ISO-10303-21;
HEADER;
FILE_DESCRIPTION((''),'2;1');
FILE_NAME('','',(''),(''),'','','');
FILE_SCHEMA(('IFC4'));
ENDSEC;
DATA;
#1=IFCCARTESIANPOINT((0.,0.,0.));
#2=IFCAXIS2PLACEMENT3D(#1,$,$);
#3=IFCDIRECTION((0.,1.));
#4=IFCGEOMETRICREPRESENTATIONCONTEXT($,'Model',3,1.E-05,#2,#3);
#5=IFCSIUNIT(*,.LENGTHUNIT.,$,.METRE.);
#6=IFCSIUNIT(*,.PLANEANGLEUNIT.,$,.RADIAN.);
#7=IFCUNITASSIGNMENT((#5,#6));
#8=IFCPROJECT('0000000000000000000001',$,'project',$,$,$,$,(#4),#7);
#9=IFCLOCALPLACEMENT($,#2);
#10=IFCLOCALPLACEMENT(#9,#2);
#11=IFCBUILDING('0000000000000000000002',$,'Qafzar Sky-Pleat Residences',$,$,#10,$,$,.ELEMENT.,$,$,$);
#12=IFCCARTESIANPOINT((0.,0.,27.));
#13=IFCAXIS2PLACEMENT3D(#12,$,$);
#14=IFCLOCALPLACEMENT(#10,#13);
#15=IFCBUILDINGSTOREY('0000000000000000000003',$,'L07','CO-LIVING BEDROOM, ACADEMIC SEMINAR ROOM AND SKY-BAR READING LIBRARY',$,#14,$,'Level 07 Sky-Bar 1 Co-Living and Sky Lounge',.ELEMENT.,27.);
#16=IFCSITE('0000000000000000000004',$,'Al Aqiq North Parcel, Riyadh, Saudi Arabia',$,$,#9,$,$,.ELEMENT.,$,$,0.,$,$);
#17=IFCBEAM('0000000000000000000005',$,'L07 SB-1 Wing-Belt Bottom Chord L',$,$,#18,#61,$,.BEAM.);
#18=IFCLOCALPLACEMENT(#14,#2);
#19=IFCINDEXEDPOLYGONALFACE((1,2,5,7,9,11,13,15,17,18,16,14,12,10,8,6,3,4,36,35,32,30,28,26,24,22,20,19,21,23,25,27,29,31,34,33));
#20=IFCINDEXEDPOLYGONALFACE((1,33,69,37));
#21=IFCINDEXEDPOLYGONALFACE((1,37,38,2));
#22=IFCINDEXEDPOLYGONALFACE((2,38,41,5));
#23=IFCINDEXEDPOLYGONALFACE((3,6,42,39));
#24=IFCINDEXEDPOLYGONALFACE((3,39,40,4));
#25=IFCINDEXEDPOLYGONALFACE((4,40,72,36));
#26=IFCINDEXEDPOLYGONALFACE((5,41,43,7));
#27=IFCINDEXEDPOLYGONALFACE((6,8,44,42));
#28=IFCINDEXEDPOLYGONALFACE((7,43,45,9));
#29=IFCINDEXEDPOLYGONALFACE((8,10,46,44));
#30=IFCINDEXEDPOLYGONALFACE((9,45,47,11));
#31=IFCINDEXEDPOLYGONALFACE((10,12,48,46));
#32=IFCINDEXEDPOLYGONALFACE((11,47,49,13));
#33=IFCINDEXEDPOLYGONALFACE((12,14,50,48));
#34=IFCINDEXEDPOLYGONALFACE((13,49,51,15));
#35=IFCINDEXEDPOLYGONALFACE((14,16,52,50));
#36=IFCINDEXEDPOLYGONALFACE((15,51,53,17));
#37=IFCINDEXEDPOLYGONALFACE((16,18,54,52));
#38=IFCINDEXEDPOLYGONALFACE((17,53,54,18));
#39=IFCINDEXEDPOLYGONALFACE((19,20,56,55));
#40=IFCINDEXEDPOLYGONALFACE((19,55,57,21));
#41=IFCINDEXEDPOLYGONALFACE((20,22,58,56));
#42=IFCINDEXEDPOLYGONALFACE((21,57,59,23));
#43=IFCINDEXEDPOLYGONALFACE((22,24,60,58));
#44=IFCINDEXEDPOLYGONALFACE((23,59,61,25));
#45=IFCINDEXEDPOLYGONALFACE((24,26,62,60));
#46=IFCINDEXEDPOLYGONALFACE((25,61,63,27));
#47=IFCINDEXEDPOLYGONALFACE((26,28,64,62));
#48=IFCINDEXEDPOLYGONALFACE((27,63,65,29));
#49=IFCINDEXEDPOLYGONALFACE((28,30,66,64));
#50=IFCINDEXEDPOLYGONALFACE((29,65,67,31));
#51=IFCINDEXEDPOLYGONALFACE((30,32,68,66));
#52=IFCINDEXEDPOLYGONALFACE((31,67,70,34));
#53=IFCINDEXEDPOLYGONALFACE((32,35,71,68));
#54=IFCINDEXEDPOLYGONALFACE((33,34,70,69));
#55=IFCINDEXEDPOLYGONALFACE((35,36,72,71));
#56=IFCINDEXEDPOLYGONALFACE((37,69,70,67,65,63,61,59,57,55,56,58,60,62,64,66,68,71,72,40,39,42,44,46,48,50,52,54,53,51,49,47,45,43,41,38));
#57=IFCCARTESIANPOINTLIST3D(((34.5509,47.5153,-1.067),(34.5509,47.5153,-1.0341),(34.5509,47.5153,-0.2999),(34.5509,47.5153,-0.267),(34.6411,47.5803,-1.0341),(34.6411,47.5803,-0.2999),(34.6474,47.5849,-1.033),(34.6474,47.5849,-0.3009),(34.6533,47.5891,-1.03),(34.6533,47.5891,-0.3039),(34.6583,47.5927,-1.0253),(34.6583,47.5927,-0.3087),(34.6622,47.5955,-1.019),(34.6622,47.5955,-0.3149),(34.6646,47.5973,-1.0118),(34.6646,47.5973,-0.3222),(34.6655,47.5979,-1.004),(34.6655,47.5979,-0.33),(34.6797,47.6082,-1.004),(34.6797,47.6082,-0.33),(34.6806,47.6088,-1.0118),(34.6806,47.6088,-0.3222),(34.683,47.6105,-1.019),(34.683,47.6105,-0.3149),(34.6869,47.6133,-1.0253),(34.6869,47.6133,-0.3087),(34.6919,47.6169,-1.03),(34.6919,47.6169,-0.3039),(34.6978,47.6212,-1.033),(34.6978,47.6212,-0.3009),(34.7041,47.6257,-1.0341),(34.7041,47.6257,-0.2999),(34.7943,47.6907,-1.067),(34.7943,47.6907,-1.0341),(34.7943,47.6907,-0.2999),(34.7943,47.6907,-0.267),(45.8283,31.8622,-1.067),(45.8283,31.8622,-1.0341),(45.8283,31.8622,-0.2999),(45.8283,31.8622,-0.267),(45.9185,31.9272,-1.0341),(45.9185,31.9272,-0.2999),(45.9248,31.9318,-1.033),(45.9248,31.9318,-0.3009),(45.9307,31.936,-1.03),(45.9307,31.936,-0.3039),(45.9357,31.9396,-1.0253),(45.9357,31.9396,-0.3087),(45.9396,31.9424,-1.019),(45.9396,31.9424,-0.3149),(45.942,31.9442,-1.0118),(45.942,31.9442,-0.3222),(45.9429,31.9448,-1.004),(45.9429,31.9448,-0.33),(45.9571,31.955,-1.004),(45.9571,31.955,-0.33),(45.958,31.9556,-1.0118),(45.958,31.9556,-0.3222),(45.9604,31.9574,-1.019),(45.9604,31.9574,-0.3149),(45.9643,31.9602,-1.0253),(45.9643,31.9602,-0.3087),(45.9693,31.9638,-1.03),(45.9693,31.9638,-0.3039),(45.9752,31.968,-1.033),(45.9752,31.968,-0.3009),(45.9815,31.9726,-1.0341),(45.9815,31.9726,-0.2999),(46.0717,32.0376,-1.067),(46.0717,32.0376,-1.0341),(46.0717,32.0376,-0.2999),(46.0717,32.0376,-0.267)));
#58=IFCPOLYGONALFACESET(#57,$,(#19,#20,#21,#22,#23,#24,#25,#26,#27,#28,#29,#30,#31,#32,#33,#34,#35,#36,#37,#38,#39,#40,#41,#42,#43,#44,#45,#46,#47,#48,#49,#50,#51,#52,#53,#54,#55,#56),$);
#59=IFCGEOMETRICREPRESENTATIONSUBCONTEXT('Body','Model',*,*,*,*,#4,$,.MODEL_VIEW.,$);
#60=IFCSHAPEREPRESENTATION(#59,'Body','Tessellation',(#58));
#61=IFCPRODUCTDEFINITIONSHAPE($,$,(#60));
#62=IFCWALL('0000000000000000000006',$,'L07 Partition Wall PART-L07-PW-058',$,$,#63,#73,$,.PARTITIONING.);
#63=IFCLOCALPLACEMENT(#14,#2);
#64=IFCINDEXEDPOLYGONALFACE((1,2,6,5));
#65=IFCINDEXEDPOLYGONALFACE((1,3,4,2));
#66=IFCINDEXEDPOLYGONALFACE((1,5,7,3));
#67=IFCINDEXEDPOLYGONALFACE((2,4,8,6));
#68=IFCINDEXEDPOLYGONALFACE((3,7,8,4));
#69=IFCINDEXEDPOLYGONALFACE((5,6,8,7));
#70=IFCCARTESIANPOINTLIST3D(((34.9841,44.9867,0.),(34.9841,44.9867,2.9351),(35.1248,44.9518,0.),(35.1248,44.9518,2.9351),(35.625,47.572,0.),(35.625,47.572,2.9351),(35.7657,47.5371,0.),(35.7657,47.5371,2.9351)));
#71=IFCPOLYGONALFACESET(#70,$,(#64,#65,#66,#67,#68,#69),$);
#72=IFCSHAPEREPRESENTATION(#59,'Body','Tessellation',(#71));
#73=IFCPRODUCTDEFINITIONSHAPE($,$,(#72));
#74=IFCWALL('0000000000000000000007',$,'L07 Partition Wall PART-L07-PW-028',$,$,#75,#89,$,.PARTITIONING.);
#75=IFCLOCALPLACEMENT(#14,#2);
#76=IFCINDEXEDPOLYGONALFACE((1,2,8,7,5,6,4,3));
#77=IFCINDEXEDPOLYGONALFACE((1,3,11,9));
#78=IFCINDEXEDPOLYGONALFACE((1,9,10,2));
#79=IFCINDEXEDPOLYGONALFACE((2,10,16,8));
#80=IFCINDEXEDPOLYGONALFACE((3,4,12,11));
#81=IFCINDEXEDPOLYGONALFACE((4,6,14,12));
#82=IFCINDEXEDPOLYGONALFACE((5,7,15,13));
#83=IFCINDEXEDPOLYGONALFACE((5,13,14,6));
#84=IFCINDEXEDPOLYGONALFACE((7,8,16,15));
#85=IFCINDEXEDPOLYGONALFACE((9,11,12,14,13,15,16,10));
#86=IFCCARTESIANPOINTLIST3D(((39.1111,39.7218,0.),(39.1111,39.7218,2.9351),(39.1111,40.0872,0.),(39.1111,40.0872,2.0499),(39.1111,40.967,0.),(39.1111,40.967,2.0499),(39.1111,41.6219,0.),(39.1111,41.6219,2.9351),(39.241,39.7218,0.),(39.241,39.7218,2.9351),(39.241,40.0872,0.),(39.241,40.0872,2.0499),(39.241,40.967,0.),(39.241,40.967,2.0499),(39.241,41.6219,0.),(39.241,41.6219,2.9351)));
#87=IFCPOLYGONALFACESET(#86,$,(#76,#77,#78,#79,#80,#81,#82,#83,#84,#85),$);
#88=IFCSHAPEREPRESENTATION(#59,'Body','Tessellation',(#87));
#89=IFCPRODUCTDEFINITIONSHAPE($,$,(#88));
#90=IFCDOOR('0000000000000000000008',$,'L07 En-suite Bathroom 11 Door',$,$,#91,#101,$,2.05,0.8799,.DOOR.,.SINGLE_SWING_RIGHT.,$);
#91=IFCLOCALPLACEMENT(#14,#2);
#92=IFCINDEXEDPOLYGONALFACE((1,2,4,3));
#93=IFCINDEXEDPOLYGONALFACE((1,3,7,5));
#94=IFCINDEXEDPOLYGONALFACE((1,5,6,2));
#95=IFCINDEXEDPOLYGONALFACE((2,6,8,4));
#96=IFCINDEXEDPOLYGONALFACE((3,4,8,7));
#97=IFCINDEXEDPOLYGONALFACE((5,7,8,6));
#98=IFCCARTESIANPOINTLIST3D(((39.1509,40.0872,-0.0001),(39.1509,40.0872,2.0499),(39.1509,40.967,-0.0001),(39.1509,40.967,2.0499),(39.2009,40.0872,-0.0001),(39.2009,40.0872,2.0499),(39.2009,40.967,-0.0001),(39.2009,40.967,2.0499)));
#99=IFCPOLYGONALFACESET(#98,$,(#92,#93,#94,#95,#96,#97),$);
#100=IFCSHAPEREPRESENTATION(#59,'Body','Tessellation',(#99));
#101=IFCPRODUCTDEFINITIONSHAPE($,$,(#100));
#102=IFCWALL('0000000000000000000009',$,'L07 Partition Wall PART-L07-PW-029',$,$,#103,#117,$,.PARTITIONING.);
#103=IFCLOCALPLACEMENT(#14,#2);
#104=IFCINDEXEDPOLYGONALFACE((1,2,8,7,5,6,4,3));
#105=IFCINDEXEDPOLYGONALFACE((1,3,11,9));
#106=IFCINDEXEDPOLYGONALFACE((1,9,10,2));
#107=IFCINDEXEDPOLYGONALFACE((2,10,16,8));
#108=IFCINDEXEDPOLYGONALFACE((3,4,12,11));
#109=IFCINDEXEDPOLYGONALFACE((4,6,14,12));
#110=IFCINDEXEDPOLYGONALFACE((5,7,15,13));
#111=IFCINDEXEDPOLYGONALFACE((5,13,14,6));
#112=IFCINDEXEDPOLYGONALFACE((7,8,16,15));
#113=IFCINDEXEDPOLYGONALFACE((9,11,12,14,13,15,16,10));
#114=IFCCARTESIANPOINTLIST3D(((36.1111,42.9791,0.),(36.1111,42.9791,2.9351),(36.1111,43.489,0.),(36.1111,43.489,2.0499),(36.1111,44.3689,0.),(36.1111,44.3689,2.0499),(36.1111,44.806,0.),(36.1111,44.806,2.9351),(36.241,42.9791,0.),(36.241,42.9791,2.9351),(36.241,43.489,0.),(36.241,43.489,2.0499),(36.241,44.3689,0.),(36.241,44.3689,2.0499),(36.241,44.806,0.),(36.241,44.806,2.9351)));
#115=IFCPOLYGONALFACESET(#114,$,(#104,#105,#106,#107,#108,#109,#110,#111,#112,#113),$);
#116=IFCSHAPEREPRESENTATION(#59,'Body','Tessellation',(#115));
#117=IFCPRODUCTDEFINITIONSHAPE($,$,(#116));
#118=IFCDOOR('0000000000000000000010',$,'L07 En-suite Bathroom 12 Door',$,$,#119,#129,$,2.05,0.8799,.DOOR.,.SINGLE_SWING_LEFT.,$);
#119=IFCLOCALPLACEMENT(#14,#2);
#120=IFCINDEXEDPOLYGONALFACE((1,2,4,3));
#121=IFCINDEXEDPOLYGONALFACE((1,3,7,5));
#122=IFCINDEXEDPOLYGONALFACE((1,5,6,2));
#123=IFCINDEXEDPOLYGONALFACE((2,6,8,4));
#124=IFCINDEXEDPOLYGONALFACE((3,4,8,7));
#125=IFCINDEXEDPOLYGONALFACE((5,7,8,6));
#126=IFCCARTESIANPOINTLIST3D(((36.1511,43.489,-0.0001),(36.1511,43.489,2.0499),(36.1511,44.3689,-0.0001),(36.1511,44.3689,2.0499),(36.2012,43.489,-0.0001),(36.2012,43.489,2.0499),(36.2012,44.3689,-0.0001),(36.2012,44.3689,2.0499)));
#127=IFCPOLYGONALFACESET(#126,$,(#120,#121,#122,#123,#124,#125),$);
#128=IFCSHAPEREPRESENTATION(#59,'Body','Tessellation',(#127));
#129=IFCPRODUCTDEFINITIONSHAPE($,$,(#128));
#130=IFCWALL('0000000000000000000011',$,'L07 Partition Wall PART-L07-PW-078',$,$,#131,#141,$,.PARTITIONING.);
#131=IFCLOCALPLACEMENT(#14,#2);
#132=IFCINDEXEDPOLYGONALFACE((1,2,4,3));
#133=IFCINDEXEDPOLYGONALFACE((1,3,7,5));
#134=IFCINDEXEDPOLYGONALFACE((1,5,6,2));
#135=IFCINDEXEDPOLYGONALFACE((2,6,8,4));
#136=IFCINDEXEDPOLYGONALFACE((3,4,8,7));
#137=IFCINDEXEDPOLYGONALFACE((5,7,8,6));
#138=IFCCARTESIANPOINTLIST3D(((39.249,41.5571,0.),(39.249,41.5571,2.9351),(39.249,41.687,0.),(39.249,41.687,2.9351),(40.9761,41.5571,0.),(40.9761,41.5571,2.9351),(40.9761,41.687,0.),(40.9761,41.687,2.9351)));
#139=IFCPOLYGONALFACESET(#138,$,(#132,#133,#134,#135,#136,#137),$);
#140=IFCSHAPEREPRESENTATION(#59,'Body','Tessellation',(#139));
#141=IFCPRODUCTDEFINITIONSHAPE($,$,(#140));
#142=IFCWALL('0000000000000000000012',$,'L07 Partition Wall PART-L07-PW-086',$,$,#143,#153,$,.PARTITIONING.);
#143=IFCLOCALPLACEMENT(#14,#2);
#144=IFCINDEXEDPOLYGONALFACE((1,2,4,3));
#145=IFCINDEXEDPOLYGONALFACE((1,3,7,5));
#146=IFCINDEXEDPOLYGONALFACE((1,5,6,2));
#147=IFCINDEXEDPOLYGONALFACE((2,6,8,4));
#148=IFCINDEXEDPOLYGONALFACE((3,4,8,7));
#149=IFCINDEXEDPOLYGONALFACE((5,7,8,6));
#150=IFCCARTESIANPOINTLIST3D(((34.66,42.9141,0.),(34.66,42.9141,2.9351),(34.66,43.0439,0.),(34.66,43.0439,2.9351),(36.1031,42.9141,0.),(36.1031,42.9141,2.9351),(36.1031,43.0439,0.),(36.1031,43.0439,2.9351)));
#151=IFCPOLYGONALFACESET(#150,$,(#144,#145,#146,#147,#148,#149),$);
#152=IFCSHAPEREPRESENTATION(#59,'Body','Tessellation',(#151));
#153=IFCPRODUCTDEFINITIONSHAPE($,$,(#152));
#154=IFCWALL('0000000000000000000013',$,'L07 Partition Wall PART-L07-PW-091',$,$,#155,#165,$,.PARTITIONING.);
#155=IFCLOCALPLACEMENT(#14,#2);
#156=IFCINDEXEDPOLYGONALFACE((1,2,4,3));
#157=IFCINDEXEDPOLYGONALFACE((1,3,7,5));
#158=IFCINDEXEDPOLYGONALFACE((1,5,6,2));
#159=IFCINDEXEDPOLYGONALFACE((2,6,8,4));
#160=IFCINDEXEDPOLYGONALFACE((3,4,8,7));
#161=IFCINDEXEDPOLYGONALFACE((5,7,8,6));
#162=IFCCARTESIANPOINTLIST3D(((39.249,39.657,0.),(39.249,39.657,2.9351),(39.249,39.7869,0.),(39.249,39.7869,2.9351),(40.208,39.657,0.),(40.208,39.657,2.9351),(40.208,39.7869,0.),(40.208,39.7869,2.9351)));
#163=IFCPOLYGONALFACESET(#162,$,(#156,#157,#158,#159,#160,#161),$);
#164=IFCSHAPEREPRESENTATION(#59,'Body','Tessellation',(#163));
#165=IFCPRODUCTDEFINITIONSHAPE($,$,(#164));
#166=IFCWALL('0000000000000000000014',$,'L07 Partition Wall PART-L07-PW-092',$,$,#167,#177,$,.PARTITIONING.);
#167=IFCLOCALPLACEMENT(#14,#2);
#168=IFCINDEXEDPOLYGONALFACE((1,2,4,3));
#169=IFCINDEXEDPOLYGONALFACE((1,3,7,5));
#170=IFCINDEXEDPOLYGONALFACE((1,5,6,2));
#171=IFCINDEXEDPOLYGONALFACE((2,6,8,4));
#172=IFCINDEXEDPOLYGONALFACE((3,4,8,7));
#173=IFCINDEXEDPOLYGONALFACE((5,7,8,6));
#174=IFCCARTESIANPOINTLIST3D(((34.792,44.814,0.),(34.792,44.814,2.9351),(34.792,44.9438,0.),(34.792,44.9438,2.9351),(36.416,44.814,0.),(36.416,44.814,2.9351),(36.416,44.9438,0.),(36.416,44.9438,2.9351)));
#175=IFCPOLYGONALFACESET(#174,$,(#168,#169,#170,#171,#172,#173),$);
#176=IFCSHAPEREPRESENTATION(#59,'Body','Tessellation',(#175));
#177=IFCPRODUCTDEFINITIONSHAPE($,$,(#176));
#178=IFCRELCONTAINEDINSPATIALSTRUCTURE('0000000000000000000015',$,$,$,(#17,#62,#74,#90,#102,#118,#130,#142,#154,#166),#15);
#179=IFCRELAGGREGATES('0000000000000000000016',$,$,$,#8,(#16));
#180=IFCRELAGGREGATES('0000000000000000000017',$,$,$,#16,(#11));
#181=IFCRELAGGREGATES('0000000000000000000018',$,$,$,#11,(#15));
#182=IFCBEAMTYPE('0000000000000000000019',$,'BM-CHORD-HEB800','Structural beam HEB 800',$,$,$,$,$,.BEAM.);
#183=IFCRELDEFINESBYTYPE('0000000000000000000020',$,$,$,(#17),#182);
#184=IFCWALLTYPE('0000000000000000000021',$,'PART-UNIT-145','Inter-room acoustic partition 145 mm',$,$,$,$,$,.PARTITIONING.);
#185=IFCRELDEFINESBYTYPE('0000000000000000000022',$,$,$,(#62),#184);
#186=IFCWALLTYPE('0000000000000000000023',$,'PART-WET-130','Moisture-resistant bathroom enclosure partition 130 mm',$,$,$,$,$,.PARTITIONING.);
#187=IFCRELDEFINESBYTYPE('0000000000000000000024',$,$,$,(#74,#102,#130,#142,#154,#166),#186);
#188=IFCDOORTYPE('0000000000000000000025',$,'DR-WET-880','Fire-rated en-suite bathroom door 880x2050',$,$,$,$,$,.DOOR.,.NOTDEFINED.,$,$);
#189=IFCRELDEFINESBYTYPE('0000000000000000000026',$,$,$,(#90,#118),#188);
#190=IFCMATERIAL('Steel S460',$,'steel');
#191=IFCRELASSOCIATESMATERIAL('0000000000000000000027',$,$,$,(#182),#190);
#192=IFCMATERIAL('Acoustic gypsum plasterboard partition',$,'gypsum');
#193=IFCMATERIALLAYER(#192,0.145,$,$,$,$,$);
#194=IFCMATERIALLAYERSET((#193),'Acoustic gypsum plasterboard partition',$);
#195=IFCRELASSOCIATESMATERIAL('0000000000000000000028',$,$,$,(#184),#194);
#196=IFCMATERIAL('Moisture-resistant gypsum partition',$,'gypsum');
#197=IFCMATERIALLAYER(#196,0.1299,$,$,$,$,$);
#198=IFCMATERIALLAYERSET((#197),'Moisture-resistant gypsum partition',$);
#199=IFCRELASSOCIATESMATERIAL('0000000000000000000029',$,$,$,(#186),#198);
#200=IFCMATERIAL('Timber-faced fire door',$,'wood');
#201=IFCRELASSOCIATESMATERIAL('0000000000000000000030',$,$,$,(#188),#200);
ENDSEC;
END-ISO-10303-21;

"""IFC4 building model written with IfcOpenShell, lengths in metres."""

from ifc_helpers import new_model, si_unit, direction, frame, frame_2d, origin, origin_2d, place, context, subcontext, project, spatial, rectangle, i_section, extrude, source, transform, mapped, material, layer, layer_set, material_profile, profile_set, type_object, element, fill, save


model = new_model("IFC4")

# Units and contexts
model_context = context("Model", 3, precision=1e-05, world=origin(), true_north=direction((0.0, 1.0)))
body_context = subcontext(model_context, "Body", "Model", "MODEL_VIEW")
ifc_project = project(units=[si_unit("LENGTHUNIT", "METRE"), si_unit("PLANEANGLEUNIT", "RADIAN")], contexts=[model_context])

# Site, building, storey
site_placement = place(None, origin())
site = spatial("IfcSite", under=ifc_project, at=site_placement, Name="Al Aqiq North Parcel, Riyadh, Saudi Arabia", CompositionType="ELEMENT", RefElevation=0.0)
building_placement = place(site_placement, origin())
building = spatial("IfcBuilding", under=site, at=building_placement, Name="Qafzar Sky-Pleat Residences", CompositionType="ELEMENT")
storey_placement = place(building_placement, frame((0.0, 0.0, 27.0)))
storey = spatial("IfcBuildingStorey", under=building, at=storey_placement, Name="L07", Description="CO-LIVING BEDROOM, ACADEMIC SEMINAR ROOM AND SKY-BAR READING LIBRARY", LongName="Level 07 Sky-Bar 1 Co-Living and Sky Lounge", CompositionType="ELEMENT", Elevation=27.0)

# Beam
ifc_material_1 = material(Name="Steel S460", Category="steel")
ifc_material_profile = material_profile(ifc_material_1, i_section(OverallWidth=0.3, OverallDepth=0.8, WebThickness=0.0176, FlangeThickness=0.033, FilletRadius=0.03, at=origin_2d()), Name="HEB 800")
ifc_profile_set = profile_set([ifc_material_profile], Name="Steel S460")
beam_type = type_object("IfcBeamType", Name="BM-CHORD-HEB800", Description="Structural beam HEB 800", PredefinedType="BEAM", material=ifc_profile_set)
shared_shape_1 = source(origin(), body_context, "Body", "SweptSolid", [
    extrude(i_section(OverallWidth=0.3, OverallDepth=0.8, WebThickness=0.0176, FlangeThickness=0.033, FilletRadius=0.03, at=origin_2d()), origin(), (0.0, 0.0, 1.0), 19.2925),
])
beam_placement = place(storey_placement, frame((34.6726, 47.603, -0.667), z_axis=(0.584548, -0.811359, 0.0), x_axis=(0.811359, 0.584548, 0.0)))
element("IfcBeam", 1, at=beam_placement, inside=storey, type_object=beam_type, Name="L07 SB-1 Wing-Belt Bottom Chord L", PredefinedType="BEAM", context=body_context, shape_type="MappedRepresentation", body=[
    mapped(shared_shape_1, transform((0.0, 0.0, 0.0), x_axis=(1.0, 0.0, 0.0), y_axis=(0.0, 1.0, 0.0), z_axis=(0.0, 0.0, 1.0), scale=1.0)),
])

# Wall
ifc_material_2 = material(Name="Acoustic gypsum plasterboard partition", Category="gypsum")
ifc_layer_1 = layer(ifc_material_2, 0.145)
ifc_layer_set_1 = layer_set([ifc_layer_1], Name="Acoustic gypsum plasterboard partition")
wall_type_1 = type_object("IfcWallType", Name="PART-UNIT-145", Description="Inter-room acoustic partition 145 mm", PredefinedType="PARTITIONING", material=ifc_layer_set_1)
wall_1_placement = place(storey_placement, frame((35.0544, 44.9692, 0.0), z_axis=(0.0, 0.0, 1.0), x_axis=(0.240616, 0.97062, 0.0)))
element("IfcWall", 2, at=wall_1_placement, inside=storey, type_object=wall_type_1, Name="L07 Partition Wall PART-L07-PW-058", PredefinedType="PARTITIONING", context=body_context, shape_type="SweptSolid", body=[
    extrude(rectangle(XDim=2.6636, YDim=0.145, at=frame_2d((1.3318, 0.0))), origin(), (0.0, 0.0, 1.0), 2.9351),
])

# Walls, openings, doors
ifc_material_3 = material(Name="Moisture-resistant gypsum partition", Category="gypsum")
ifc_layer_2 = layer(ifc_material_3, 0.1299)
ifc_layer_set_2 = layer_set([ifc_layer_2], Name="Moisture-resistant gypsum partition")
wall_type_2 = type_object("IfcWallType", Name="PART-WET-130", Description="Moisture-resistant bathroom enclosure partition 130 mm", PredefinedType="PARTITIONING", material=ifc_layer_set_2)
wall_2_placement = place(storey_placement, frame((39.176, 41.6221, 0.0), z_axis=(0.0, 0.0, 1.0), x_axis=(0.0, -1.0, 0.0)))
wall_2 = element("IfcWall", 3, at=wall_2_placement, inside=storey, type_object=wall_type_2, Name="L07 Partition Wall PART-L07-PW-028", PredefinedType="PARTITIONING", context=body_context, shape_type="SweptSolid", body=[
    extrude(rectangle(XDim=1.9001, YDim=0.1299, at=frame_2d((0.9502, 0.0))), origin(), (0.0, 0.0, 1.0), 2.9351),
])
opening_1_placement = place(wall_2_placement, frame((0.655, 0.0, 0.0)))
opening_1 = element("IfcOpeningElement", 4, at=opening_1_placement, cuts=wall_2, PredefinedType="OPENING", context=body_context, shape_type="SweptSolid", body=[
    extrude(rectangle(XDim=0.8799, YDim=2.05, at=frame_2d((0.4399, 1.0249))), frame((0.0, 0.075, 0.0), z_axis=(0.0, -1.0, 0.0), x_axis=(1.0, 0.0, 0.0)), (0.0, 0.0, 1.0), 0.1499),
])
ifc_material_4 = material(Name="Timber-faced fire door", Category="wood")
door_type = type_object("IfcDoorType", Name="DR-WET-880", Description="Fire-rated en-suite bathroom door 880x2050", OperationType="NOTDEFINED", PredefinedType="DOOR", material=ifc_material_4)
shared_shape_2 = source(origin(), body_context, "Body", "SweptSolid", [
    extrude(rectangle(XDim=0.8799, YDim=2.05, at=frame_2d((0.4399, 1.0249))), frame((0.0, 0.0249, 0.0), z_axis=(0.0, -1.0, 0.0), x_axis=(1.0, 0.0, 0.0)), (0.0, 0.0, 1.0), 0.05),
])
door_1_placement = place(opening_1_placement, origin())
door_1 = element("IfcDoor", 5, at=door_1_placement, inside=storey, type_object=door_type, Name="L07 En-suite Bathroom 11 Door", OperationType="SINGLE_SWING_RIGHT", OverallHeight=2.05, OverallWidth=0.8799, PredefinedType="DOOR", context=body_context, shape_type="MappedRepresentation", body=[
    mapped(shared_shape_2, transform((0.0, 0.0, 0.0), x_axis=(1.0, 0.0, 0.0), y_axis=(0.0, 1.0, 0.0), z_axis=(0.0, 0.0, 1.0), scale=1.0)),
])
fill(opening_1, door_1)
wall_3_placement = place(storey_placement, frame((36.176, 42.979, 0.0), z_axis=(0.0, 0.0, 1.0), x_axis=(0.0, 1.0, 0.0)))
wall_3 = element("IfcWall", 6, at=wall_3_placement, inside=storey, type_object=wall_type_2, Name="L07 Partition Wall PART-L07-PW-029", PredefinedType="PARTITIONING", context=body_context, shape_type="SweptSolid", body=[
    extrude(rectangle(XDim=1.8269, YDim=0.1299, at=frame_2d((0.9136, 0.0))), origin(), (0.0, 0.0, 1.0), 2.9351),
])
opening_2_placement = place(wall_3_placement, frame((0.51, 0.0, 0.0)))
opening_2 = element("IfcOpeningElement", 7, at=opening_2_placement, cuts=wall_3, PredefinedType="OPENING", context=body_context, shape_type="SweptSolid", body=[
    extrude(rectangle(XDim=0.8799, YDim=2.05, at=frame_2d((0.4399, 1.0249))), frame((0.0, 0.075, 0.0), z_axis=(0.0, -1.0, 0.0), x_axis=(1.0, 0.0, 0.0)), (0.0, 0.0, 1.0), 0.1499),
])
door_2_placement = place(opening_2_placement, origin())
door_2 = element("IfcDoor", 8, at=door_2_placement, inside=storey, type_object=door_type, Name="L07 En-suite Bathroom 12 Door", OperationType="SINGLE_SWING_LEFT", OverallHeight=2.05, OverallWidth=0.8799, PredefinedType="DOOR", context=body_context, shape_type="MappedRepresentation", body=[
    mapped(shared_shape_2, transform((0.0, 0.0, 0.0), x_axis=(1.0, 0.0, 0.0), y_axis=(0.0, 1.0, 0.0), z_axis=(0.0, 0.0, 1.0), scale=1.0)),
])
fill(opening_2, door_2)

# Walls
wall_4_placement = place(storey_placement, frame((39.249, 41.6221, 0.0), z_axis=(0.0, 0.0, 1.0), x_axis=(1.0, 0.0, 0.0)))
element("IfcWall", 9, at=wall_4_placement, inside=storey, type_object=wall_type_2, Name="L07 Partition Wall PART-L07-PW-078", PredefinedType="PARTITIONING", context=body_context, shape_type="SweptSolid", body=[
    extrude(rectangle(XDim=1.7271, YDim=0.1299, at=frame_2d((0.8635, 0.0))), origin(), (0.0, 0.0, 1.0), 2.9351),
])
wall_5_placement = place(storey_placement, frame((34.6599, 42.979, 0.0), z_axis=(0.0, 0.0, 1.0), x_axis=(1.0, 0.0, 0.0)))
element("IfcWall", 10, at=wall_5_placement, inside=storey, type_object=wall_type_2, Name="L07 Partition Wall PART-L07-PW-086", PredefinedType="PARTITIONING", context=body_context, shape_type="SweptSolid", body=[
    extrude(rectangle(XDim=1.4431, YDim=0.1299, at=frame_2d((0.7217, 0.0))), origin(), (0.0, 0.0, 1.0), 2.9351),
])
wall_6_placement = place(storey_placement, frame((39.249, 39.7219, 0.0), z_axis=(0.0, 0.0, 1.0), x_axis=(1.0, 0.0, 0.0)))
element("IfcWall", 11, at=wall_6_placement, inside=storey, type_object=wall_type_2, Name="L07 Partition Wall PART-L07-PW-091", PredefinedType="PARTITIONING", context=body_context, shape_type="SweptSolid", body=[
    extrude(rectangle(XDim=0.959, YDim=0.1299, at=frame_2d((0.4795, 0.0))), origin(), (0.0, 0.0, 1.0), 2.9351),
])
wall_7_placement = place(storey_placement, frame((34.792, 44.8789, 0.0), z_axis=(0.0, 0.0, 1.0), x_axis=(1.0, 0.0, 0.0)))
element("IfcWall", 12, at=wall_7_placement, inside=storey, type_object=wall_type_2, Name="L07 Partition Wall PART-L07-PW-092", PredefinedType="PARTITIONING", context=body_context, shape_type="SweptSolid", body=[
    extrude(rectangle(XDim=1.624, YDim=0.1299, at=frame_2d((0.812, 0.0))), origin(), (0.0, 0.0, 1.0), 2.9351),
])

save(model, "model.ifc")
